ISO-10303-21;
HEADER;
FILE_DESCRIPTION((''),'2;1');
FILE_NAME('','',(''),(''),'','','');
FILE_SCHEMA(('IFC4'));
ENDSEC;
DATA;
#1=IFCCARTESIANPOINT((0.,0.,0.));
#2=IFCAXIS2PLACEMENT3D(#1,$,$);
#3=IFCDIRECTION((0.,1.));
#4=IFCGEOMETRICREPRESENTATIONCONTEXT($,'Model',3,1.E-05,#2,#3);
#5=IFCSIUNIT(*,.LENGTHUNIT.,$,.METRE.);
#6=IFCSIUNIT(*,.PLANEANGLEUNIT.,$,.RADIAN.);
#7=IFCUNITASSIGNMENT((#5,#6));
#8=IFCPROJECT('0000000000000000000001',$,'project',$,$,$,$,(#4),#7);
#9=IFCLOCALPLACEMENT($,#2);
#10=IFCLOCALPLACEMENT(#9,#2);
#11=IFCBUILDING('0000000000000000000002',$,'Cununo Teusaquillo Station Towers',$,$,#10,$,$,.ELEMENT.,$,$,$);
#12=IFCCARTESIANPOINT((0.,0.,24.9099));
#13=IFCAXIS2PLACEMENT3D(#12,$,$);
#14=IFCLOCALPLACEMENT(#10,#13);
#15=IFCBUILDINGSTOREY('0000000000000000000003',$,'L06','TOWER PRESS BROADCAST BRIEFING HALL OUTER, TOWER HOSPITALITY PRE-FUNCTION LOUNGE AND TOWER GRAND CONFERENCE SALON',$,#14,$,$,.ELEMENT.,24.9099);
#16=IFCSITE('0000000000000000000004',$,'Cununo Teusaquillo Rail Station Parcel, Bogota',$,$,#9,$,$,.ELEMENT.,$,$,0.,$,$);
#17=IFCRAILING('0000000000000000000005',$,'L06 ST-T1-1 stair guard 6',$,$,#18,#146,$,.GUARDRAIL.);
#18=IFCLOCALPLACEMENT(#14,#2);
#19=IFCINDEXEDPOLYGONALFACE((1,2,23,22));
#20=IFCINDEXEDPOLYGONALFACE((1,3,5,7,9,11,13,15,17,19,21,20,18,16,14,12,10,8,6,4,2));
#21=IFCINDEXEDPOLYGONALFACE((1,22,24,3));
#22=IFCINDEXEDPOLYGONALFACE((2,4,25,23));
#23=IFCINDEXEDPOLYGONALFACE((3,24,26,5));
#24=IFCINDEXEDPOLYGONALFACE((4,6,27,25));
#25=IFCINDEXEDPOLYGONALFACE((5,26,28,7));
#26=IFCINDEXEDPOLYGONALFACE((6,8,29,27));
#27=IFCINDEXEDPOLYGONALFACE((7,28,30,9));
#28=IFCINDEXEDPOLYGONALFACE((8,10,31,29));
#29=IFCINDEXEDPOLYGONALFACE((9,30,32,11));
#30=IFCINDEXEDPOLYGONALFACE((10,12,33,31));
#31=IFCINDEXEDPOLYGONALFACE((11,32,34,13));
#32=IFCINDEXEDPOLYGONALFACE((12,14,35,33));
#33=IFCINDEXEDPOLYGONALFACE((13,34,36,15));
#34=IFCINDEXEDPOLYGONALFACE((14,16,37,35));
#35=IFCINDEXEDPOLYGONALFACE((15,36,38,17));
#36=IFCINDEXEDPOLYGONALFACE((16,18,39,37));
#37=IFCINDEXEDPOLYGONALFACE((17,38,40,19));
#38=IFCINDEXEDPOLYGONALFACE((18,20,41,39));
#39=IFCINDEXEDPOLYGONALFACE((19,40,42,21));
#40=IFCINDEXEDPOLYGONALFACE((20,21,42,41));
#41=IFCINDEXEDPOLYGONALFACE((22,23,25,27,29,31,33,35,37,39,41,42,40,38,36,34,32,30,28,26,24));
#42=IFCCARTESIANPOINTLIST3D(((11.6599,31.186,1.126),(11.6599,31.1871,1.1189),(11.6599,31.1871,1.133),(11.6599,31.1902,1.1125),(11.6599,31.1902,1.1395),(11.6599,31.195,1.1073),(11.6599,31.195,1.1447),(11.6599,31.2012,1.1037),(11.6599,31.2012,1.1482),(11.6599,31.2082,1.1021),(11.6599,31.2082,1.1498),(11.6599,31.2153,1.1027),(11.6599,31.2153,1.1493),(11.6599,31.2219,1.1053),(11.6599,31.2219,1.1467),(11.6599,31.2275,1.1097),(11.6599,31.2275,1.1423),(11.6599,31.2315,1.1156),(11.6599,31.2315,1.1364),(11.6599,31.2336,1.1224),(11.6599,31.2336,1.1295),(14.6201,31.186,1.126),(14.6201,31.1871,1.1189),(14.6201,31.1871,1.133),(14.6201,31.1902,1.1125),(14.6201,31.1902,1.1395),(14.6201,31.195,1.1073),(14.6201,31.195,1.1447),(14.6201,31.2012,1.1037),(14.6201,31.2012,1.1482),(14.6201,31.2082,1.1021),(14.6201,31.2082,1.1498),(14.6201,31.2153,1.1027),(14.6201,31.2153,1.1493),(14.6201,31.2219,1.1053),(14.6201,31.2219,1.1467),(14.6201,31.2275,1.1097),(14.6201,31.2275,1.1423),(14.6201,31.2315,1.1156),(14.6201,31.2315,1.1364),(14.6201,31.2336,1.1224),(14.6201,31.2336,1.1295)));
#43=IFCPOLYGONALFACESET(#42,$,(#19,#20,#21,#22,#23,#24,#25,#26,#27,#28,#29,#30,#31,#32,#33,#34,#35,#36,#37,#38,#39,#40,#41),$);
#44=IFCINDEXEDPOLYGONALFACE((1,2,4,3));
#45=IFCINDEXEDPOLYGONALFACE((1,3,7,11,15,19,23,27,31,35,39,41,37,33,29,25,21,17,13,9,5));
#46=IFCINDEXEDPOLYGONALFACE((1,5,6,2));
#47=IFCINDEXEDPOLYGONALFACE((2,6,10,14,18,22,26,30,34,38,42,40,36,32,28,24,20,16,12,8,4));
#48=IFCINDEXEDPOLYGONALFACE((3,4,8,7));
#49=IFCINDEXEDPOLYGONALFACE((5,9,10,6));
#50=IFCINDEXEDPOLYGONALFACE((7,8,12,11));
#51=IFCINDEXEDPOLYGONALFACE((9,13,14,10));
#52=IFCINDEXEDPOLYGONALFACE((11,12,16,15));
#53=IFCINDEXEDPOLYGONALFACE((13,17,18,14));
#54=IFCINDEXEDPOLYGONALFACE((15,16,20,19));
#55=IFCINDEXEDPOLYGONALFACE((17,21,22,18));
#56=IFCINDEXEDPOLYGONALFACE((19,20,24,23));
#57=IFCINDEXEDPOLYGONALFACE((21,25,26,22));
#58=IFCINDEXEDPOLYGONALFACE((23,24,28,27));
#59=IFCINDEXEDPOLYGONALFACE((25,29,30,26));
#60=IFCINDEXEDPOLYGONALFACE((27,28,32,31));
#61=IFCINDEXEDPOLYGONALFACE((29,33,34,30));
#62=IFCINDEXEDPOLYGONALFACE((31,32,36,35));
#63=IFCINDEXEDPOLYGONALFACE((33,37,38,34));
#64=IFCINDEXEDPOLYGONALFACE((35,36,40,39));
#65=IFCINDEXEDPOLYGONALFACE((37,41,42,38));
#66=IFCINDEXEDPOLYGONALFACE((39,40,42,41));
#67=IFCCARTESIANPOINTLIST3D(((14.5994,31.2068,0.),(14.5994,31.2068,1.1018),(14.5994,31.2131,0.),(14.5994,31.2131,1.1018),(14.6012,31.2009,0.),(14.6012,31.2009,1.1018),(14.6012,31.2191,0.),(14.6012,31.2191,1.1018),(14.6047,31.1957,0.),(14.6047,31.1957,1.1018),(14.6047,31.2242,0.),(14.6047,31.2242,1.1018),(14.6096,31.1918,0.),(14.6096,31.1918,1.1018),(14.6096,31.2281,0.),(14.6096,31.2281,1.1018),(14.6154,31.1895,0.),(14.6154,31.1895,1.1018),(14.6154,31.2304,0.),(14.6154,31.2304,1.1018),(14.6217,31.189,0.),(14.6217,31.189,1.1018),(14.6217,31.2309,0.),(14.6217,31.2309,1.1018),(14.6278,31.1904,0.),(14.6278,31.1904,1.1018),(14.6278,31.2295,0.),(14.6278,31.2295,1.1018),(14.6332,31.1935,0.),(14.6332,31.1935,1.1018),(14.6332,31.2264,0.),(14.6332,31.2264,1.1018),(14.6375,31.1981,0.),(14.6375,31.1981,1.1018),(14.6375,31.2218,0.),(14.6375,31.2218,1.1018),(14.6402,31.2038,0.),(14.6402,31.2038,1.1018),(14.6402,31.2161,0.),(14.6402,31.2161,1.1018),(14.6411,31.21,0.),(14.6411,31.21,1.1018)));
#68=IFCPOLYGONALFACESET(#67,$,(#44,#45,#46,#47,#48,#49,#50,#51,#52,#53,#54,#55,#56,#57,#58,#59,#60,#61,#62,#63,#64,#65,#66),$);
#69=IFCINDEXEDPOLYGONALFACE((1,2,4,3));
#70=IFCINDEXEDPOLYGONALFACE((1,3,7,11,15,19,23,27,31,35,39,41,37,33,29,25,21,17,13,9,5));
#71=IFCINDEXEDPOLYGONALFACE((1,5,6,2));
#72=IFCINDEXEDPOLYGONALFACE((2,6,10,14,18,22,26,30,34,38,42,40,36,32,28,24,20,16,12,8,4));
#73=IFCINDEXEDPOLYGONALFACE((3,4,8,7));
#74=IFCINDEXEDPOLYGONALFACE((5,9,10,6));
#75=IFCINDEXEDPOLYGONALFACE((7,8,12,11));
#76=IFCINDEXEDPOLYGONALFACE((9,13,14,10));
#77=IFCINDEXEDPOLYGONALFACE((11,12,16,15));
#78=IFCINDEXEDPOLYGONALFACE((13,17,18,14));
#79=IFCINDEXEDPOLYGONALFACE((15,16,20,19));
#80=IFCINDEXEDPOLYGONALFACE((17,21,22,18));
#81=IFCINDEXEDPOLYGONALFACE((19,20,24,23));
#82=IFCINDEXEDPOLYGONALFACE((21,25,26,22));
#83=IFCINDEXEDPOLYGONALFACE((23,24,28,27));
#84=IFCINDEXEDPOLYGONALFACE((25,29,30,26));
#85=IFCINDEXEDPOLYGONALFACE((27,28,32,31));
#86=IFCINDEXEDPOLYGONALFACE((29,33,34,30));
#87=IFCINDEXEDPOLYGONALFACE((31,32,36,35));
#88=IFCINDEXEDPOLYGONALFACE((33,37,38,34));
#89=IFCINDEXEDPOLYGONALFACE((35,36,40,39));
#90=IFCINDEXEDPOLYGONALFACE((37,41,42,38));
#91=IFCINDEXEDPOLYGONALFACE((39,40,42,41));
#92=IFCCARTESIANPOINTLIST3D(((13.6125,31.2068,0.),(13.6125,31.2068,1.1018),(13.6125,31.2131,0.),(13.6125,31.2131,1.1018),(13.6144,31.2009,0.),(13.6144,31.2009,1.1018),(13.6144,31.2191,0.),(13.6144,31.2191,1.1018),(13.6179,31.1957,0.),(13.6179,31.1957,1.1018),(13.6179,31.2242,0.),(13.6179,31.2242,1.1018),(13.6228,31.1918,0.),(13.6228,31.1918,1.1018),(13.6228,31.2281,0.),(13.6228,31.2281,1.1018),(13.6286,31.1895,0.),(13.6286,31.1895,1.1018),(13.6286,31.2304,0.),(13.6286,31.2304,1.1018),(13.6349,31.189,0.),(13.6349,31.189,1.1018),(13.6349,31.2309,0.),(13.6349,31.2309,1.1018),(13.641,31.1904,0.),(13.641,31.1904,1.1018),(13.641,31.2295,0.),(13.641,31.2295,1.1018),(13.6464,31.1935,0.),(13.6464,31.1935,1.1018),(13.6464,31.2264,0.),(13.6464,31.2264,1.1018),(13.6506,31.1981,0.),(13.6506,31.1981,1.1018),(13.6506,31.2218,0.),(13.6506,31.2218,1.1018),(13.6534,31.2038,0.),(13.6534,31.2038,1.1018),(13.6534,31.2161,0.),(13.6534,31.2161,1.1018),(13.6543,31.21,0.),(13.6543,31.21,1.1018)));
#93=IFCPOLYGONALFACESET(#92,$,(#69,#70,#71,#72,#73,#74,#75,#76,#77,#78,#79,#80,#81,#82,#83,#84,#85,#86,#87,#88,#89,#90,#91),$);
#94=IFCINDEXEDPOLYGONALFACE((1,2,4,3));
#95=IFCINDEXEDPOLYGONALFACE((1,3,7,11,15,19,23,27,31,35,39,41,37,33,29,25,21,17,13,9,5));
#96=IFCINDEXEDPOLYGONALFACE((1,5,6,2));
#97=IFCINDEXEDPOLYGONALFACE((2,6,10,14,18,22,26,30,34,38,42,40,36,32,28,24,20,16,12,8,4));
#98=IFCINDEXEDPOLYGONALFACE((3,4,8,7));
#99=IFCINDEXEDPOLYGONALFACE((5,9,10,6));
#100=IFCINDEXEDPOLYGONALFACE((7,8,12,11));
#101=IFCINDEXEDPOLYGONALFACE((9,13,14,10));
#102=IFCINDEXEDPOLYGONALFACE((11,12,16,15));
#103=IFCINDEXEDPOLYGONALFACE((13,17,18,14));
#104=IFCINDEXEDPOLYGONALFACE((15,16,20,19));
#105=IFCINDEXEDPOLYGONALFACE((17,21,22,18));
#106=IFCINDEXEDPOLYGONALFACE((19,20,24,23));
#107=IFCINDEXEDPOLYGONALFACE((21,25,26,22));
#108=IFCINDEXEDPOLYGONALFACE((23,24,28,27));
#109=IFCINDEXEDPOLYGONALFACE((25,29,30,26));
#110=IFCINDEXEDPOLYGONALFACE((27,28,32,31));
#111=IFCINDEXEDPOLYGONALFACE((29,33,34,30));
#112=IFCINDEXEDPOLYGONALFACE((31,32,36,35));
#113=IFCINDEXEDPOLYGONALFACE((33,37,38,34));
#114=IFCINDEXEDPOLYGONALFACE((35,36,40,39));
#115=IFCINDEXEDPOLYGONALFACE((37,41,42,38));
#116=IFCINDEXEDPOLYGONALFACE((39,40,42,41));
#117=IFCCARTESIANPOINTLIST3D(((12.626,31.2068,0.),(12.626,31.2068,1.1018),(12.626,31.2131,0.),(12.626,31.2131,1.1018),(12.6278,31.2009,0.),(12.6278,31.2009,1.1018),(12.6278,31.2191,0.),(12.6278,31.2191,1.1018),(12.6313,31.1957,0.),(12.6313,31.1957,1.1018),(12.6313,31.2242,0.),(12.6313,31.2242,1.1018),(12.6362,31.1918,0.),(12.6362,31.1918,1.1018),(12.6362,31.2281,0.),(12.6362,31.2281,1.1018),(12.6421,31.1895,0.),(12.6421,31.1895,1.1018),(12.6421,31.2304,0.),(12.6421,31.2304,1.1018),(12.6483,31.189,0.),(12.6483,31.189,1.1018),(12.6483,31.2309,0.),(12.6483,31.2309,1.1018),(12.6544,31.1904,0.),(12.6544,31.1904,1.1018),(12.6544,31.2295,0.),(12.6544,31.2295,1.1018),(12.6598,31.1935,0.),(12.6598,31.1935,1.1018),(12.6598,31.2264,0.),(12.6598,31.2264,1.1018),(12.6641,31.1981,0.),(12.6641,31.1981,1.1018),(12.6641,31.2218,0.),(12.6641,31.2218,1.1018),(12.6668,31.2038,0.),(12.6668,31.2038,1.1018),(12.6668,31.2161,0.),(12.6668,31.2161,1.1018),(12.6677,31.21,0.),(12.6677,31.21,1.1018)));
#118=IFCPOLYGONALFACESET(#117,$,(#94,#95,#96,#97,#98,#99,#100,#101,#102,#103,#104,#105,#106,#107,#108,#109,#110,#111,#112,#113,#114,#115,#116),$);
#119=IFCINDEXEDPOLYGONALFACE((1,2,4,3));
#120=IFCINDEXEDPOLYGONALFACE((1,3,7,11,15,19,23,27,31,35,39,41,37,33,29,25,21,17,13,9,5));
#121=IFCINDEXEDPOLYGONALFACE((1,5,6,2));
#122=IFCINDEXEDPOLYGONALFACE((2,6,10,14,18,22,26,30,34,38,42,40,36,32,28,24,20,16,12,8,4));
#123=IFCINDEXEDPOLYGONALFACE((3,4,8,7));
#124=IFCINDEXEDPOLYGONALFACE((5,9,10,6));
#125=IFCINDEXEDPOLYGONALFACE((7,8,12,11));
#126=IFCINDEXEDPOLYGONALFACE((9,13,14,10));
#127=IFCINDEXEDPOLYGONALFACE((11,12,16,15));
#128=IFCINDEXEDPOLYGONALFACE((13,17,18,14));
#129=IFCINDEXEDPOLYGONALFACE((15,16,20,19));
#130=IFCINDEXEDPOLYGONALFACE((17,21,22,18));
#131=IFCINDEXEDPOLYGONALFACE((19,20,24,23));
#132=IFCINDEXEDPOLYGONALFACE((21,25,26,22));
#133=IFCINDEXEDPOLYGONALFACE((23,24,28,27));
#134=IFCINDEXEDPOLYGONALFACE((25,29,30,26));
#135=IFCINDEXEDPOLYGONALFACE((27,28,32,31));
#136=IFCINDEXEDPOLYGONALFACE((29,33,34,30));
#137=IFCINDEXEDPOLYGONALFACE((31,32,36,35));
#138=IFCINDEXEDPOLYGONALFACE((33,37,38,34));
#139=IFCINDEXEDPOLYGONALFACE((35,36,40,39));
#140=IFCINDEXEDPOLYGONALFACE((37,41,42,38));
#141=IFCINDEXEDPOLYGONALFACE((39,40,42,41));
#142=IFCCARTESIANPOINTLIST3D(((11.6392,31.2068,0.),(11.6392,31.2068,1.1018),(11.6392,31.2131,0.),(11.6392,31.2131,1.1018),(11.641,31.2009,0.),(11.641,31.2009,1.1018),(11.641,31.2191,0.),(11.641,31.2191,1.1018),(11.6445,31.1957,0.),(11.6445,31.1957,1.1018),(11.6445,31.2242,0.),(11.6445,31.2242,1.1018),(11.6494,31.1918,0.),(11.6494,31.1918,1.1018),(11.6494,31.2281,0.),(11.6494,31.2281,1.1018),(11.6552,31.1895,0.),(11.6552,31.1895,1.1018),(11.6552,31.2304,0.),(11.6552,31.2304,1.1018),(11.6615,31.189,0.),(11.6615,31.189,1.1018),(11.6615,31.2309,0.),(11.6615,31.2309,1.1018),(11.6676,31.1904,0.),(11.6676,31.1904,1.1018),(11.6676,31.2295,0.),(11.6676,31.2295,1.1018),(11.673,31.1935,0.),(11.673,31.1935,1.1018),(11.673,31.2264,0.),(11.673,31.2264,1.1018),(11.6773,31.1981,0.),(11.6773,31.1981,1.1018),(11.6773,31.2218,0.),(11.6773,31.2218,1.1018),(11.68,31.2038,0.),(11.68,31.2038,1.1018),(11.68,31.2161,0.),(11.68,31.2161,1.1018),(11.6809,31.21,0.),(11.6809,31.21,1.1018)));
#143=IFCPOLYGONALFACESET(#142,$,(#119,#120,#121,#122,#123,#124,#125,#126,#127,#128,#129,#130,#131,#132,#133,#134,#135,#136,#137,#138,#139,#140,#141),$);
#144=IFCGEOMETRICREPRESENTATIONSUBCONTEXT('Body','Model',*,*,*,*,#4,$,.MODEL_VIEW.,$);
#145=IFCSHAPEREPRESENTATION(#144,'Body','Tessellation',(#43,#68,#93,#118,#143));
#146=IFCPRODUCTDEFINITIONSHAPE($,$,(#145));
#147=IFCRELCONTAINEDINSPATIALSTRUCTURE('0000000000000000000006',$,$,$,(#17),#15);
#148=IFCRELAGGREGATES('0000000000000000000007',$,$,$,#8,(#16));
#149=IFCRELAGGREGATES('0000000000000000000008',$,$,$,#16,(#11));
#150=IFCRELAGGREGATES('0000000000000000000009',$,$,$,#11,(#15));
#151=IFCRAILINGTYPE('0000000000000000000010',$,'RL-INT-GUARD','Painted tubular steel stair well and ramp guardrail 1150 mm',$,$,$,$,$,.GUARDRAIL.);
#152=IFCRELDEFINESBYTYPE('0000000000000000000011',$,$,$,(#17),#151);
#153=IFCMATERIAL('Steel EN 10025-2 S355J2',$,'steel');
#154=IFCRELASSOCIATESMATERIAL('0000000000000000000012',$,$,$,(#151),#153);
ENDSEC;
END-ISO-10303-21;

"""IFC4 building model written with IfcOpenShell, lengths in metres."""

from ifc_helpers import new_model, si_unit, direction, frame, origin, origin_2d, place, context, subcontext, project, spatial, circle, extrude, material, type_object, element, save


model = new_model("IFC4")

# Units and contexts
model_context = context("Model", 3, precision=1e-05, world=origin(), true_north=direction((0.0, 1.0)))
body_context = subcontext(model_context, "Body", "Model", "MODEL_VIEW")
ifc_project = project(units=[si_unit("LENGTHUNIT", "METRE"), si_unit("PLANEANGLEUNIT", "RADIAN")], contexts=[model_context])

# Site, building, storey
site_placement = place(None, origin())
site = spatial("IfcSite", under=ifc_project, at=site_placement, Name="Cununo Teusaquillo Rail Station Parcel, Bogota", CompositionType="ELEMENT", RefElevation=0.0)
building_placement = place(site_placement, origin())
building = spatial("IfcBuilding", under=site, at=building_placement, Name="Cununo Teusaquillo Station Towers", CompositionType="ELEMENT")
storey_placement = place(building_placement, frame((0.0, 0.0, 24.9099)))
storey = spatial("IfcBuildingStorey", under=building, at=storey_placement, Name="L06", Description="TOWER PRESS BROADCAST BRIEFING HALL OUTER, TOWER HOSPITALITY PRE-FUNCTION LOUNGE AND TOWER GRAND CONFERENCE SALON", CompositionType="ELEMENT", Elevation=24.9099)

# Railing
ifc_material_1 = material(Name="Steel EN 10025-2 S355J2", Category="steel")
railing_type_1 = type_object("IfcRailingType", Name="RL-INT-GUARD", Description="Painted tubular steel stair well and ramp guardrail 1150 mm", PredefinedType="GUARDRAIL", material=ifc_material_1)
railing_1_placement = place(storey_placement, frame((14.6201, 31.21, 0.0)))
element("IfcRailing", 1, at=railing_1_placement, inside=storey, type_object=railing_type_1, Name="L06 ST-T1-1 stair guard 6", PredefinedType="GUARDRAIL", context=body_context, shape_type="SweptSolid", body=[
    extrude(circle(Radius=0.0239, at=origin_2d()), frame((0.0, 0.0, 1.126), z_axis=(-1.0, 0.0, 0.0), x_axis=(0.0, -1.0, 0.0)), (0.0, 0.0, 1.0), 2.9602),
    extrude(circle(Radius=0.021, at=origin_2d()), origin(), (0.0, 0.0, 1.0), 1.1018),
    extrude(circle(Radius=0.021, at=origin_2d()), frame((-0.9868, 0.0, 0.0)), (0.0, 0.0, 1.0), 1.1018),
    extrude(circle(Radius=0.021, at=origin_2d()), frame((-1.9734, 0.0, 0.0)), (0.0, 0.0, 1.0), 1.1018),
    extrude(circle(Radius=0.021, at=origin_2d()), frame((-2.9602, 0.0, 0.0)), (0.0, 0.0, 1.0), 1.1018),
])

save(model, "model.ifc")
